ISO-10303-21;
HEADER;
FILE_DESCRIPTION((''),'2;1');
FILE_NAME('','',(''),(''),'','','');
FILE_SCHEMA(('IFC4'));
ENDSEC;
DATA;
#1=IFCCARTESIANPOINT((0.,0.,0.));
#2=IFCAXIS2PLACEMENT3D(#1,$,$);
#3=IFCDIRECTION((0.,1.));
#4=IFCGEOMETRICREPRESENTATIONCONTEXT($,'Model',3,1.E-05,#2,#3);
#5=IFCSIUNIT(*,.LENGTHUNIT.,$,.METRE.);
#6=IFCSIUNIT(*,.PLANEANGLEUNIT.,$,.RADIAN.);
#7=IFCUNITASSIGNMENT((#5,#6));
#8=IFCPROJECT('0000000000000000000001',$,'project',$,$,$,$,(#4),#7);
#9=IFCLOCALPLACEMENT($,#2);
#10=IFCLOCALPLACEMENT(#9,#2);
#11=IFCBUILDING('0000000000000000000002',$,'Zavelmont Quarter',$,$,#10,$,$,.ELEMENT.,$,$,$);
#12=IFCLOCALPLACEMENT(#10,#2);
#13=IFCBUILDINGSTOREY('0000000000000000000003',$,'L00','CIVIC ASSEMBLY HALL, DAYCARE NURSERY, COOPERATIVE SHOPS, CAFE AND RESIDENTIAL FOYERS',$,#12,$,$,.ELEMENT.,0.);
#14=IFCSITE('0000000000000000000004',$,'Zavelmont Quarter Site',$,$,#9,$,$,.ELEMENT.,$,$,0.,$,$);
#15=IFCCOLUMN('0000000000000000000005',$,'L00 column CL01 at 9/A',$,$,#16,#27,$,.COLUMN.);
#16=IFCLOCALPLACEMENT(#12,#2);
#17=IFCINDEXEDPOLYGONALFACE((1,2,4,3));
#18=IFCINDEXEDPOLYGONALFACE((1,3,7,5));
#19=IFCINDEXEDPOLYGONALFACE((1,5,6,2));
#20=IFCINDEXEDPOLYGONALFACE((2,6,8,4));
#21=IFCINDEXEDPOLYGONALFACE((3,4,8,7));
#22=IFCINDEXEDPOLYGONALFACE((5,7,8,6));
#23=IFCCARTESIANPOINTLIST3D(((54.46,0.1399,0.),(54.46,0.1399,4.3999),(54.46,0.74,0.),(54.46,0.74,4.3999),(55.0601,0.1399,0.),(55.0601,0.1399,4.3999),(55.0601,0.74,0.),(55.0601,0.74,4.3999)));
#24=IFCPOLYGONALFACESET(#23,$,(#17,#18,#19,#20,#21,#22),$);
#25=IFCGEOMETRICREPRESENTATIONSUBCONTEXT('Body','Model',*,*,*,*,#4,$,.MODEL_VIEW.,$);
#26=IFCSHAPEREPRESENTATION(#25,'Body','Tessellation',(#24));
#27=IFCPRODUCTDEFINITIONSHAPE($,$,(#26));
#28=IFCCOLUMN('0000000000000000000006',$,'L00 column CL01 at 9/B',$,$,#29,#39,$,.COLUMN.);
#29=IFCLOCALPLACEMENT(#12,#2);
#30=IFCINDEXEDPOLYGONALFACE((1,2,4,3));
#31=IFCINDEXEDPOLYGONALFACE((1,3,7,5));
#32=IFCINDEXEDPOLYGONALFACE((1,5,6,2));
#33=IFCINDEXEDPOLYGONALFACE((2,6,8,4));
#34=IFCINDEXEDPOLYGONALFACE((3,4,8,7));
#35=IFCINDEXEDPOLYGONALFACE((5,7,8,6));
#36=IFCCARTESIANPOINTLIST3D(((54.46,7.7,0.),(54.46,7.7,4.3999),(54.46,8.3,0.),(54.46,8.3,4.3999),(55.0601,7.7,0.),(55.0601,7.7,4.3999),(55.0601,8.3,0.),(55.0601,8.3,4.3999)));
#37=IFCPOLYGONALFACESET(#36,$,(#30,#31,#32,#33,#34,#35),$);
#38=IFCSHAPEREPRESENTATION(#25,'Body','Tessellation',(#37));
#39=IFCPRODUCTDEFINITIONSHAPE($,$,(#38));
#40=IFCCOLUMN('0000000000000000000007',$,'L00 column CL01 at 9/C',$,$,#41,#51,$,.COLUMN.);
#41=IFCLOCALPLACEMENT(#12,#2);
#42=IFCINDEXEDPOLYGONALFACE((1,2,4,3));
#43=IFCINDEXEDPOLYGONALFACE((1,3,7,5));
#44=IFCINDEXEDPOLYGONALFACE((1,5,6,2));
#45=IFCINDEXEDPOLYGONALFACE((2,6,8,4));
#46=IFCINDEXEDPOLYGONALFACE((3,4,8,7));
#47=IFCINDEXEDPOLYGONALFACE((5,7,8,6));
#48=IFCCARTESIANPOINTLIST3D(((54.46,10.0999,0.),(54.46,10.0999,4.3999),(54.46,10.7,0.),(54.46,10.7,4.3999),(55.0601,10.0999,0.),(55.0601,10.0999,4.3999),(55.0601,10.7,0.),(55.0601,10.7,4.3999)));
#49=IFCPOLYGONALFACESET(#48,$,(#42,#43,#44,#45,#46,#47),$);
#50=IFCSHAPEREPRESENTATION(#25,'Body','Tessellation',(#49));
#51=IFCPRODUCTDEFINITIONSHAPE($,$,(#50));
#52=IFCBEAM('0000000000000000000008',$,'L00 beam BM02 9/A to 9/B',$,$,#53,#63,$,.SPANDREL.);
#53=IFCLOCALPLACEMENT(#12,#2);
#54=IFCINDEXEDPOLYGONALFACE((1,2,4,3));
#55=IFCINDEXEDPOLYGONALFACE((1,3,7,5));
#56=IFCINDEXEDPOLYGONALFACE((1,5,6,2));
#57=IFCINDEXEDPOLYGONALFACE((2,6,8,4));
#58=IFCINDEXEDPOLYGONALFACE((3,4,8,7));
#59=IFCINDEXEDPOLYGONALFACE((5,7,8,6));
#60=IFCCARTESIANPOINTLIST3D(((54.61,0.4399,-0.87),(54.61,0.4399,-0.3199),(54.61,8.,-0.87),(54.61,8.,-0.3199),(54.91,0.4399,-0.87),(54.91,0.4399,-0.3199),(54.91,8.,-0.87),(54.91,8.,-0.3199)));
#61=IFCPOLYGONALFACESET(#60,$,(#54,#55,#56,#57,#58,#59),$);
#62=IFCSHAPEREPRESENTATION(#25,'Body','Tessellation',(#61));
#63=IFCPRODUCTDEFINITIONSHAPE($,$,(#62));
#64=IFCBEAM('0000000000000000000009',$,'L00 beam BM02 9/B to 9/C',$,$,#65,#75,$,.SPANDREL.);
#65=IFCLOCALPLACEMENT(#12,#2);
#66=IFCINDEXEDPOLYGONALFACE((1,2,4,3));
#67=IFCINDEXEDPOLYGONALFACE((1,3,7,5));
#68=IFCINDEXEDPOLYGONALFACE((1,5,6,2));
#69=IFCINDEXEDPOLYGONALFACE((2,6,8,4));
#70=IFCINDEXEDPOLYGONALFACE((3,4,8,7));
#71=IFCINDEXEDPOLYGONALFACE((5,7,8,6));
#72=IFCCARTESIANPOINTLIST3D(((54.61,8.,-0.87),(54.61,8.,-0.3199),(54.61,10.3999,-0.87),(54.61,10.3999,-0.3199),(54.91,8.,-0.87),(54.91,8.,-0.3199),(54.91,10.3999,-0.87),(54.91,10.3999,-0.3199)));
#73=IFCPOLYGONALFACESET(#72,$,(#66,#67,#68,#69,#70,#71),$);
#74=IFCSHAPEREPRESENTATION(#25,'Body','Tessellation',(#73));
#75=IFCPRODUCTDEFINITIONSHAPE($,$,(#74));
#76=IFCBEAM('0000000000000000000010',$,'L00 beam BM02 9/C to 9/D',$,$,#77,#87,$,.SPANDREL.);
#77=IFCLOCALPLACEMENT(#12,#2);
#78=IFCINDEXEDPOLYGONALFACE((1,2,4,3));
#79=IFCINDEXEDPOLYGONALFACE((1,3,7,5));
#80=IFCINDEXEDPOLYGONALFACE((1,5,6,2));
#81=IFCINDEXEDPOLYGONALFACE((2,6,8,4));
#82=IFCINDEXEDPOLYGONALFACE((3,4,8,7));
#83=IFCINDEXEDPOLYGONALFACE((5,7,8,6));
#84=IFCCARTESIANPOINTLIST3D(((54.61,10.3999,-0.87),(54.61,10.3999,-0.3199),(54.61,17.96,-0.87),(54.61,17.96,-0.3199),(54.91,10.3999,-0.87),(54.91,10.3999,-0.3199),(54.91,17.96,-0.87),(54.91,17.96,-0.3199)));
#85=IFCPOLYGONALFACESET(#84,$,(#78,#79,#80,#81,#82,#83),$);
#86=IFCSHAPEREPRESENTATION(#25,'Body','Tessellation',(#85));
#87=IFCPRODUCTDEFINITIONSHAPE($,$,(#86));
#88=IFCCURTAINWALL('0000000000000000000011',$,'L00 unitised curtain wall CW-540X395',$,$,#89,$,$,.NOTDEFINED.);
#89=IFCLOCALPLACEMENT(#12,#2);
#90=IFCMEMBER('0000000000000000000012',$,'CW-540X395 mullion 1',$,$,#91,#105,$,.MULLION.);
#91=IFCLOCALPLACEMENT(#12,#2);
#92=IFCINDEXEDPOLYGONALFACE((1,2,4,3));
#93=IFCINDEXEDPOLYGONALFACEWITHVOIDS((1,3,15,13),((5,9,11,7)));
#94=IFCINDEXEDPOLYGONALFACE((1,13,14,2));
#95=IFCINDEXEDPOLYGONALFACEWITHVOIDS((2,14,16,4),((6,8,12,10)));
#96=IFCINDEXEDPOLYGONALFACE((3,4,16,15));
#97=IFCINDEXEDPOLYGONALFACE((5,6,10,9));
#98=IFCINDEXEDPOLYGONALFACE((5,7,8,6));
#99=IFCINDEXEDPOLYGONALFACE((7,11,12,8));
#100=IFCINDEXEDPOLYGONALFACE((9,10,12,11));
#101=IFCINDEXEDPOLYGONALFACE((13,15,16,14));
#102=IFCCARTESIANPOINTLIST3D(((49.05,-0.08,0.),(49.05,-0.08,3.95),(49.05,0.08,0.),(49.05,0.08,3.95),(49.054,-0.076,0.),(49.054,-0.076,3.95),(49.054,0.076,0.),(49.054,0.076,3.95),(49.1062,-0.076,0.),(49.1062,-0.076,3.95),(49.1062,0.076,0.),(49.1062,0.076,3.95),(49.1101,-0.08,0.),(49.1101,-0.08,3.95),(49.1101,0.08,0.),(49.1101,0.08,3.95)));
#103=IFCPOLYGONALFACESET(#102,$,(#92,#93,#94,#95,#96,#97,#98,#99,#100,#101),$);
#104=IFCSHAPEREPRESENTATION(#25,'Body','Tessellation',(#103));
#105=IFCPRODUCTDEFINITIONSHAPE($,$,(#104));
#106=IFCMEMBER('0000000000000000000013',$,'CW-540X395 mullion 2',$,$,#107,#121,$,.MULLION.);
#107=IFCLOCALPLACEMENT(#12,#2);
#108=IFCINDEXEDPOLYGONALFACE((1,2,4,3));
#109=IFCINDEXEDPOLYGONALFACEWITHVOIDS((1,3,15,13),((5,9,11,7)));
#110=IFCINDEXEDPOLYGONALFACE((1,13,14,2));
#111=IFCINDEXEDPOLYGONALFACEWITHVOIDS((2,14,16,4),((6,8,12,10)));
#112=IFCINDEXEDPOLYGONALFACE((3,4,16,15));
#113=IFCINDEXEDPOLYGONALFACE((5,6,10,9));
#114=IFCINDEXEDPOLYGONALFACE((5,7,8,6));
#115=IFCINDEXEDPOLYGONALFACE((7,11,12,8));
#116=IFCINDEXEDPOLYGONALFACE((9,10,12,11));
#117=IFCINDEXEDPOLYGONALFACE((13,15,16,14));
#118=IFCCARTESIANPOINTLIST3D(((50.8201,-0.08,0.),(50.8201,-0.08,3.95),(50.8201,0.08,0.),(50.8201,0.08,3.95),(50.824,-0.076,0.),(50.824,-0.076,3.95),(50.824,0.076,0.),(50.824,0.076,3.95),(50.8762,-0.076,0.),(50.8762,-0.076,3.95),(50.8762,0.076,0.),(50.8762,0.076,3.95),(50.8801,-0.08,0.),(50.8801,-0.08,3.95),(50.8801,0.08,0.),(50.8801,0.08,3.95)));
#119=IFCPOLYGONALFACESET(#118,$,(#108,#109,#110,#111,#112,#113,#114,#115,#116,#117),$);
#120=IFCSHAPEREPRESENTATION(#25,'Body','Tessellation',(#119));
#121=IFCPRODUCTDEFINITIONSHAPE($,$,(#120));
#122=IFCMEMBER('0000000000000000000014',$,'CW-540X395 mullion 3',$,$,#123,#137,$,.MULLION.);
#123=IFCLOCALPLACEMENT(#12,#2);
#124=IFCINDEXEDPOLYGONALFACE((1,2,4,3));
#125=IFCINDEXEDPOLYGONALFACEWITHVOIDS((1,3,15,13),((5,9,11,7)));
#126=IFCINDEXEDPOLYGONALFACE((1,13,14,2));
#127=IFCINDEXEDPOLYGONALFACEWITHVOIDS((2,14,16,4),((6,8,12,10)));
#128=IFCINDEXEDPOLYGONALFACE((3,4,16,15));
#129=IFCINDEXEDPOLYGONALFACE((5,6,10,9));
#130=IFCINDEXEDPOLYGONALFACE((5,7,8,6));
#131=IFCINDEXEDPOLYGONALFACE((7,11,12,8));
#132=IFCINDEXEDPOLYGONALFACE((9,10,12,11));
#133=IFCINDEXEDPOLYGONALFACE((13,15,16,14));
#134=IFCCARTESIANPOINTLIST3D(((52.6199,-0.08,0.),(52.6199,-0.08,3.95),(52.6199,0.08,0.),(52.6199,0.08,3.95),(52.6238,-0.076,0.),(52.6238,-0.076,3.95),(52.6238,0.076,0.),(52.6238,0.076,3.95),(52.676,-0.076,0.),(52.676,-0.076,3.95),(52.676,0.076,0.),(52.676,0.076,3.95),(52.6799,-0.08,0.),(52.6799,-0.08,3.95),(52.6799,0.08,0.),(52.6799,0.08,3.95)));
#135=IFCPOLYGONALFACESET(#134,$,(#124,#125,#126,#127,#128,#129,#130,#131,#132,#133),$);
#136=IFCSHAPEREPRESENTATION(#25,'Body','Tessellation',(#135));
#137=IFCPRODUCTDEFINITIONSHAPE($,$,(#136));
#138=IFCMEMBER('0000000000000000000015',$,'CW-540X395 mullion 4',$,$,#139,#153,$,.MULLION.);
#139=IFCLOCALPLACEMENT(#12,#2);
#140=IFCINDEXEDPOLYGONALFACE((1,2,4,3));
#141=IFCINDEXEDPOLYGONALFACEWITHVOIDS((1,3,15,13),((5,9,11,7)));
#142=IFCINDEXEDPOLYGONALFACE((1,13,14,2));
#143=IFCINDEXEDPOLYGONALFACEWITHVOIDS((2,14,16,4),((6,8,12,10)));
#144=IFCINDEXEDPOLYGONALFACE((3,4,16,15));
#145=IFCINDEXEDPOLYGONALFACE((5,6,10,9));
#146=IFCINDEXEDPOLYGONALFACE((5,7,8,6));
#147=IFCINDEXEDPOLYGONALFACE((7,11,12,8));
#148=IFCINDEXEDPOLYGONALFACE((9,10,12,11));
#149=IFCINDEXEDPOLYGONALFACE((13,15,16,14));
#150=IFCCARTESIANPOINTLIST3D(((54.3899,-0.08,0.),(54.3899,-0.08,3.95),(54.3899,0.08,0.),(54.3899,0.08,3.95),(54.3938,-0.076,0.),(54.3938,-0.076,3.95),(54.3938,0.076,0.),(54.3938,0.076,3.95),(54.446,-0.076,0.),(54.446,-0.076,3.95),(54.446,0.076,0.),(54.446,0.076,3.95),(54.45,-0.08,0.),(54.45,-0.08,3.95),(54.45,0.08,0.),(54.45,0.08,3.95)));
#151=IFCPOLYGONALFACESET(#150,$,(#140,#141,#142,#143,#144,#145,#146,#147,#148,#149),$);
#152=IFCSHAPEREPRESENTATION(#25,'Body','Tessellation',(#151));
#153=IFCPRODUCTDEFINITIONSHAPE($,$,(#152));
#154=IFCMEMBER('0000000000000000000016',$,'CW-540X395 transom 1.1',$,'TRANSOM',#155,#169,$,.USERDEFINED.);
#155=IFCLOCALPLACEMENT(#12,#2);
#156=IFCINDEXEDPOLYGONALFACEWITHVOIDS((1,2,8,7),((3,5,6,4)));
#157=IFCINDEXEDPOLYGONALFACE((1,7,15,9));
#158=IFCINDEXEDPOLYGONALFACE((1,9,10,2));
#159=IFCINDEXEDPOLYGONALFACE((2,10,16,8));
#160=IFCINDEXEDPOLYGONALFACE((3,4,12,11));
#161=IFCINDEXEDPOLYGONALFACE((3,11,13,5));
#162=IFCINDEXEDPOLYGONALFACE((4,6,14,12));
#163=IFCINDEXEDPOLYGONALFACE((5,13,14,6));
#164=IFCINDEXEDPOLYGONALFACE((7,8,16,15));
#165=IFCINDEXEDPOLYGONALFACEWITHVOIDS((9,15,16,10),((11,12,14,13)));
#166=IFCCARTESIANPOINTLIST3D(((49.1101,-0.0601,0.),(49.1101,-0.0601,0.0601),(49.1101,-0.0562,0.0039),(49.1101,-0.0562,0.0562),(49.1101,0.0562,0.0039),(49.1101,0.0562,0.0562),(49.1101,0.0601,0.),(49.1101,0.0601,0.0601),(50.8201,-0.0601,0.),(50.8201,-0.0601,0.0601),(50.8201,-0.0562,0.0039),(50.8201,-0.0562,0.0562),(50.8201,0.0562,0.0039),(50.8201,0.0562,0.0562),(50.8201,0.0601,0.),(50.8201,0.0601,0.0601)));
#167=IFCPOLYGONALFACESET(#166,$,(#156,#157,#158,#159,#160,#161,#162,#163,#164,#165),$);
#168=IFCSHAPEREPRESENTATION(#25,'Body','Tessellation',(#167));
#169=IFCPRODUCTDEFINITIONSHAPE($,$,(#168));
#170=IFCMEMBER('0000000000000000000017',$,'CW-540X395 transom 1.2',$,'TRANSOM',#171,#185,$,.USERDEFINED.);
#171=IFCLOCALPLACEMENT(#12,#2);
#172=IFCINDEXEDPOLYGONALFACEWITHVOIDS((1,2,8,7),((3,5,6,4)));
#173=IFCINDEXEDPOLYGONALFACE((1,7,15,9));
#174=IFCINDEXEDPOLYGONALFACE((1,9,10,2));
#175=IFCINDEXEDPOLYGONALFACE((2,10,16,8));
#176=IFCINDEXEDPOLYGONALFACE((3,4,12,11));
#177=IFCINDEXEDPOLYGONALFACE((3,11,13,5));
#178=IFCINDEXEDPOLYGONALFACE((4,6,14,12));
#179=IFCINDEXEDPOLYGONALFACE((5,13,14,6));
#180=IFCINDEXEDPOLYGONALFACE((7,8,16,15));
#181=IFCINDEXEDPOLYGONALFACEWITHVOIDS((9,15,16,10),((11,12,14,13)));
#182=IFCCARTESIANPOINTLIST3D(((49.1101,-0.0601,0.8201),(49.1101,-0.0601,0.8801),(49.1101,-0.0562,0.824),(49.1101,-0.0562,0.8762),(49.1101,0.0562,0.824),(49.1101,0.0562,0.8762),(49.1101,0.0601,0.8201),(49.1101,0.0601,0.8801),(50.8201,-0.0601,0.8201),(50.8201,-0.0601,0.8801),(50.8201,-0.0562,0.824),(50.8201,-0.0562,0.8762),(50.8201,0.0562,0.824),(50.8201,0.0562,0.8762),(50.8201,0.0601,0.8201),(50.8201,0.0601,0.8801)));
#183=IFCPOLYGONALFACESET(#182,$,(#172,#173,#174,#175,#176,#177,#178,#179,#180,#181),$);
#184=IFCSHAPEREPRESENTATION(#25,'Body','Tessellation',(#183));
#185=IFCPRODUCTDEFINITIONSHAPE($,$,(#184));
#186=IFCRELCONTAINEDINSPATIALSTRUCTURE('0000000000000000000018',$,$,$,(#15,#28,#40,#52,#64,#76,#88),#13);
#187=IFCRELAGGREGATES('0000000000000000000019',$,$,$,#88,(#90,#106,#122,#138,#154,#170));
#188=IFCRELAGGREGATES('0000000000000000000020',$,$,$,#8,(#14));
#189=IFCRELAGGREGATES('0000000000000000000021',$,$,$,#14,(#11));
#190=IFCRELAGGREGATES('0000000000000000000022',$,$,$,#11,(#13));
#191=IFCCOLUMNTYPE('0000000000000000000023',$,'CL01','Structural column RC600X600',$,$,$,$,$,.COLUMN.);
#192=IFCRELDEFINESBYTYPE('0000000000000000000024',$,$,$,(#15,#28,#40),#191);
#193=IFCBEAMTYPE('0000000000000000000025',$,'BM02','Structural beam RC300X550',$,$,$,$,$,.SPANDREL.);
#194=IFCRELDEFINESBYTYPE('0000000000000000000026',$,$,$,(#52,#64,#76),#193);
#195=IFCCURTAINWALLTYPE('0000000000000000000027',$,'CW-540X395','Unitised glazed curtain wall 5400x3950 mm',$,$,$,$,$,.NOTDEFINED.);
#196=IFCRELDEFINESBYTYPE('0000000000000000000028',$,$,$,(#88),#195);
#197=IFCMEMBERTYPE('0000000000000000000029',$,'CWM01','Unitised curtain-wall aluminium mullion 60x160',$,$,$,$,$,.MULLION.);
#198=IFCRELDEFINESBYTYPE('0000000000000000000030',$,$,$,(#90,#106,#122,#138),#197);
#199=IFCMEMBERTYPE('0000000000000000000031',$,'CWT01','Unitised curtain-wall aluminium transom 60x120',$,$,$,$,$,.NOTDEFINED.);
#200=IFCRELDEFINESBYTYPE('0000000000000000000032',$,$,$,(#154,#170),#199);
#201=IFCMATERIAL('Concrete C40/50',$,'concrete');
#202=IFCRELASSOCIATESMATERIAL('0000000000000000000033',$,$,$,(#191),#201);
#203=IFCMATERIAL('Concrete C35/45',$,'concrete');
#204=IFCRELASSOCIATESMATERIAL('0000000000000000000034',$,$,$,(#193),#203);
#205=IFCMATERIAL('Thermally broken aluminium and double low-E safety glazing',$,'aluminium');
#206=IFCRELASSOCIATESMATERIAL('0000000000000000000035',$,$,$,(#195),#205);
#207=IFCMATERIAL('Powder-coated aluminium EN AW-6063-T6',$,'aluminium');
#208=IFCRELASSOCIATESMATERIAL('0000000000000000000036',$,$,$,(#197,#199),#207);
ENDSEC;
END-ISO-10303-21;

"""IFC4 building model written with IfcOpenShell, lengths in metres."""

from ifc_helpers import new_model, si_unit, direction, frame, origin, origin_2d, place, context, subcontext, project, spatial, rectangle, hollow_rectangle, extrude, material, material_profile, profile_set, type_object, element, aggregate, save


model = new_model("IFC4")

# Units and contexts
model_context = context("Model", 3, precision=1e-05, world=origin(), true_north=direction((0.0, 1.0)))
body_context = subcontext(model_context, "Body", "Model", "MODEL_VIEW")
ifc_project = project(units=[si_unit("LENGTHUNIT", "METRE"), si_unit("PLANEANGLEUNIT", "RADIAN")], contexts=[model_context])

# Site, building, storey
site_placement = place(None, origin())
site = spatial("IfcSite", under=ifc_project, at=site_placement, Name="Zavelmont Quarter Site", CompositionType="ELEMENT", RefElevation=0.0)
building_placement = place(site_placement, origin())
building = spatial("IfcBuilding", under=site, at=building_placement, Name="Zavelmont Quarter", CompositionType="ELEMENT")
storey_placement = place(building_placement, origin())
storey = spatial("IfcBuildingStorey", under=building, at=storey_placement, Name="L00", Description="CIVIC ASSEMBLY HALL, DAYCARE NURSERY, COOPERATIVE SHOPS, CAFE AND RESIDENTIAL FOYERS", CompositionType="ELEMENT", Elevation=0.0)

# Columns
ifc_material_1 = material(Name="Concrete C40/50", Category="concrete")
ifc_material_profile_1 = material_profile(ifc_material_1, rectangle(XDim=0.6001, YDim=0.6001, at=origin_2d()), Name="RC600X600")
ifc_profile_set_1 = profile_set([ifc_material_profile_1], Name="Concrete C40/50")
column_type = type_object("IfcColumnType", Name="CL01", Description="Structural column RC600X600", PredefinedType="COLUMN", material=ifc_profile_set_1)
for number, where, z_axis, x_axis, name in (
    (1, (54.76, 0.4399, 0.0), (0.0, 0.0, 1.0), (1.0, 0.0, 0.0), "L00 column CL01 at 9/A"),
    (2, (54.76, 8.0, 0.0), (0.0, 0.0, 1.0), (1.0, 0.0, 0.0), "L00 column CL01 at 9/B"),
    (3, (54.76, 10.3999, 0.0), (0.0, 0.0, 1.0), (1.0, 0.0, 0.0), "L00 column CL01 at 9/C"),
):
    element("IfcColumn", number, at=place(storey_placement, frame(where, z_axis=z_axis, x_axis=x_axis)), inside=storey, type_object=column_type, Name=name, PredefinedType="COLUMN", context=body_context, shape_type="SweptSolid", body=[
        extrude(rectangle(XDim=0.6001, YDim=0.6001, at=origin_2d()), origin(), (0.0, 0.0, 1.0), 4.3999),
    ])

# Beams
ifc_material_2 = material(Name="Concrete C35/45", Category="concrete")
ifc_material_profile_2 = material_profile(ifc_material_2, rectangle(XDim=0.3, YDim=0.55, at=origin_2d()), Name="RC300X550")
ifc_profile_set_2 = profile_set([ifc_material_profile_2], Name="Concrete C35/45")
beam_type = type_object("IfcBeamType", Name="BM02", Description="Structural beam RC300X550", PredefinedType="SPANDREL", material=ifc_profile_set_2)
beam_1_placement = place(storey_placement, frame((54.76, 0.4399, -0.595), z_axis=(0.0, 1.0, 0.0), x_axis=(-1.0, 0.0, 0.0)))
element("IfcBeam", 4, at=beam_1_placement, inside=storey, type_object=beam_type, Name="L00 beam BM02 9/A to 9/B", PredefinedType="SPANDREL", context=body_context, shape_type="SweptSolid", body=[
    extrude(rectangle(XDim=0.3, YDim=0.55, at=origin_2d()), origin(), (0.0, 0.0, 1.0), 7.5601),
])
beam_2_placement = place(storey_placement, frame((54.76, 8.0, -0.595), z_axis=(0.0, 1.0, 0.0), x_axis=(-1.0, 0.0, 0.0)))
element("IfcBeam", 5, at=beam_2_placement, inside=storey, type_object=beam_type, Name="L00 beam BM02 9/B to 9/C", PredefinedType="SPANDREL", context=body_context, shape_type="SweptSolid", body=[
    extrude(rectangle(XDim=0.3, YDim=0.55, at=origin_2d()), origin(), (0.0, 0.0, 1.0), 2.3999),
])
beam_3_placement = place(storey_placement, frame((54.76, 10.3999, -0.595), z_axis=(0.0, 1.0, 0.0), x_axis=(-1.0, 0.0, 0.0)))
element("IfcBeam", 6, at=beam_3_placement, inside=storey, type_object=beam_type, Name="L00 beam BM02 9/C to 9/D", PredefinedType="SPANDREL", context=body_context, shape_type="SweptSolid", body=[
    extrude(rectangle(XDim=0.3, YDim=0.55, at=origin_2d()), origin(), (0.0, 0.0, 1.0), 7.5601),
])

# Curtain wall, members
ifc_material_3 = material(Name="Thermally broken aluminium and double low-E safety glazing", Category="aluminium")
curtain_wall_type = type_object("IfcCurtainWallType", Name="CW-540X395", Description="Unitised glazed curtain wall 5400x3950 mm", PredefinedType="NOTDEFINED", material=ifc_material_3)
curtain_wall_placement = place(storey_placement, origin())
curtain_wall = element("IfcCurtainWall", 7, at=curtain_wall_placement, inside=storey, type_object=curtain_wall_type, Name="L00 unitised curtain wall CW-540X395", PredefinedType="NOTDEFINED")
ifc_material_4 = material(Name="Powder-coated aluminium EN AW-6063-T6", Category="aluminium")
ifc_material_profile_3 = material_profile(ifc_material_4, hollow_rectangle(XDim=0.0601, YDim=0.1599, WallThickness=0.0039, at=origin_2d()), Name="CWM60X160")
ifc_profile_set_3 = profile_set([ifc_material_profile_3], Name="Powder-coated aluminium EN AW-6063-T6")
member_type_1 = type_object("IfcMemberType", Name="CWM01", Description="Unitised curtain-wall aluminium mullion 60x160", PredefinedType="MULLION", material=ifc_profile_set_3)
member_1_placement = place(storey_placement, frame((49.0801, 0.0, 0.0), z_axis=(0.0, 0.0, 1.0), x_axis=(1.0, 0.0, 0.0)))
member_1 = element("IfcMember", 8, at=member_1_placement, type_object=member_type_1, Name="CW-540X395 mullion 1", PredefinedType="MULLION", context=body_context, shape_type="SweptSolid", body=[
    extrude(hollow_rectangle(XDim=0.0601, YDim=0.1599, WallThickness=0.0039, at=origin_2d()), origin(), (0.0, 0.0, 1.0), 3.95),
])
member_2_placement = place(storey_placement, frame((50.8501, 0.0, 0.0), z_axis=(0.0, 0.0, 1.0), x_axis=(1.0, 0.0, 0.0)))
member_2 = element("IfcMember", 9, at=member_2_placement, type_object=member_type_1, Name="CW-540X395 mullion 2", PredefinedType="MULLION", context=body_context, shape_type="SweptSolid", body=[
    extrude(hollow_rectangle(XDim=0.0601, YDim=0.1599, WallThickness=0.0039, at=origin_2d()), origin(), (0.0, 0.0, 1.0), 3.95),
])
member_3_placement = place(storey_placement, frame((52.6499, 0.0, 0.0), z_axis=(0.0, 0.0, 1.0), x_axis=(1.0, 0.0, 0.0)))
member_3 = element("IfcMember", 10, at=member_3_placement, type_object=member_type_1, Name="CW-540X395 mullion 3", PredefinedType="MULLION", context=body_context, shape_type="SweptSolid", body=[
    extrude(hollow_rectangle(XDim=0.0601, YDim=0.1599, WallThickness=0.0039, at=origin_2d()), origin(), (0.0, 0.0, 1.0), 3.95),
])
member_4_placement = place(storey_placement, frame((54.4199, 0.0, 0.0), z_axis=(0.0, 0.0, 1.0), x_axis=(1.0, 0.0, 0.0)))
member_4 = element("IfcMember", 11, at=member_4_placement, type_object=member_type_1, Name="CW-540X395 mullion 4", PredefinedType="MULLION", context=body_context, shape_type="SweptSolid", body=[
    extrude(hollow_rectangle(XDim=0.0601, YDim=0.1599, WallThickness=0.0039, at=origin_2d()), origin(), (0.0, 0.0, 1.0), 3.95),
])
ifc_material_profile_4 = material_profile(ifc_material_4, hollow_rectangle(XDim=0.1201, YDim=0.0601, WallThickness=0.0039, at=origin_2d()), Name="CWT60X120")
ifc_profile_set_4 = profile_set([ifc_material_profile_4], Name="Powder-coated aluminium EN AW-6063-T6")
member_type_2 = type_object("IfcMemberType", Name="CWT01", Description="Unitised curtain-wall aluminium transom 60x120", PredefinedType="NOTDEFINED", material=ifc_profile_set_4)
member_5_placement = place(storey_placement, frame((49.1101, 0.0, 0.03), z_axis=(1.0, 0.0, 0.0), x_axis=(0.0, 1.0, 0.0)))
member_5 = element("IfcMember", 12, at=member_5_placement, type_object=member_type_2, Name="CW-540X395 transom 1.1", ObjectType="TRANSOM", PredefinedType="USERDEFINED", context=body_context, shape_type="SweptSolid", body=[
    extrude(hollow_rectangle(XDim=0.1201, YDim=0.0601, WallThickness=0.0039, at=origin_2d()), origin(), (0.0, 0.0, 1.0), 1.71),
])
member_6_placement = place(storey_placement, frame((49.1101, 0.0, 0.8501), z_axis=(1.0, 0.0, 0.0), x_axis=(0.0, 1.0, 0.0)))
member_6 = element("IfcMember", 13, at=member_6_placement, type_object=member_type_2, Name="CW-540X395 transom 1.2", ObjectType="TRANSOM", PredefinedType="USERDEFINED", context=body_context, shape_type="SweptSolid", body=[
    extrude(hollow_rectangle(XDim=0.1201, YDim=0.0601, WallThickness=0.0039, at=origin_2d()), origin(), (0.0, 0.0, 1.0), 1.71),
])

aggregate(curtain_wall, [member_1, member_2, member_3, member_4, member_5, member_6])

save(model, "model.ifc")
